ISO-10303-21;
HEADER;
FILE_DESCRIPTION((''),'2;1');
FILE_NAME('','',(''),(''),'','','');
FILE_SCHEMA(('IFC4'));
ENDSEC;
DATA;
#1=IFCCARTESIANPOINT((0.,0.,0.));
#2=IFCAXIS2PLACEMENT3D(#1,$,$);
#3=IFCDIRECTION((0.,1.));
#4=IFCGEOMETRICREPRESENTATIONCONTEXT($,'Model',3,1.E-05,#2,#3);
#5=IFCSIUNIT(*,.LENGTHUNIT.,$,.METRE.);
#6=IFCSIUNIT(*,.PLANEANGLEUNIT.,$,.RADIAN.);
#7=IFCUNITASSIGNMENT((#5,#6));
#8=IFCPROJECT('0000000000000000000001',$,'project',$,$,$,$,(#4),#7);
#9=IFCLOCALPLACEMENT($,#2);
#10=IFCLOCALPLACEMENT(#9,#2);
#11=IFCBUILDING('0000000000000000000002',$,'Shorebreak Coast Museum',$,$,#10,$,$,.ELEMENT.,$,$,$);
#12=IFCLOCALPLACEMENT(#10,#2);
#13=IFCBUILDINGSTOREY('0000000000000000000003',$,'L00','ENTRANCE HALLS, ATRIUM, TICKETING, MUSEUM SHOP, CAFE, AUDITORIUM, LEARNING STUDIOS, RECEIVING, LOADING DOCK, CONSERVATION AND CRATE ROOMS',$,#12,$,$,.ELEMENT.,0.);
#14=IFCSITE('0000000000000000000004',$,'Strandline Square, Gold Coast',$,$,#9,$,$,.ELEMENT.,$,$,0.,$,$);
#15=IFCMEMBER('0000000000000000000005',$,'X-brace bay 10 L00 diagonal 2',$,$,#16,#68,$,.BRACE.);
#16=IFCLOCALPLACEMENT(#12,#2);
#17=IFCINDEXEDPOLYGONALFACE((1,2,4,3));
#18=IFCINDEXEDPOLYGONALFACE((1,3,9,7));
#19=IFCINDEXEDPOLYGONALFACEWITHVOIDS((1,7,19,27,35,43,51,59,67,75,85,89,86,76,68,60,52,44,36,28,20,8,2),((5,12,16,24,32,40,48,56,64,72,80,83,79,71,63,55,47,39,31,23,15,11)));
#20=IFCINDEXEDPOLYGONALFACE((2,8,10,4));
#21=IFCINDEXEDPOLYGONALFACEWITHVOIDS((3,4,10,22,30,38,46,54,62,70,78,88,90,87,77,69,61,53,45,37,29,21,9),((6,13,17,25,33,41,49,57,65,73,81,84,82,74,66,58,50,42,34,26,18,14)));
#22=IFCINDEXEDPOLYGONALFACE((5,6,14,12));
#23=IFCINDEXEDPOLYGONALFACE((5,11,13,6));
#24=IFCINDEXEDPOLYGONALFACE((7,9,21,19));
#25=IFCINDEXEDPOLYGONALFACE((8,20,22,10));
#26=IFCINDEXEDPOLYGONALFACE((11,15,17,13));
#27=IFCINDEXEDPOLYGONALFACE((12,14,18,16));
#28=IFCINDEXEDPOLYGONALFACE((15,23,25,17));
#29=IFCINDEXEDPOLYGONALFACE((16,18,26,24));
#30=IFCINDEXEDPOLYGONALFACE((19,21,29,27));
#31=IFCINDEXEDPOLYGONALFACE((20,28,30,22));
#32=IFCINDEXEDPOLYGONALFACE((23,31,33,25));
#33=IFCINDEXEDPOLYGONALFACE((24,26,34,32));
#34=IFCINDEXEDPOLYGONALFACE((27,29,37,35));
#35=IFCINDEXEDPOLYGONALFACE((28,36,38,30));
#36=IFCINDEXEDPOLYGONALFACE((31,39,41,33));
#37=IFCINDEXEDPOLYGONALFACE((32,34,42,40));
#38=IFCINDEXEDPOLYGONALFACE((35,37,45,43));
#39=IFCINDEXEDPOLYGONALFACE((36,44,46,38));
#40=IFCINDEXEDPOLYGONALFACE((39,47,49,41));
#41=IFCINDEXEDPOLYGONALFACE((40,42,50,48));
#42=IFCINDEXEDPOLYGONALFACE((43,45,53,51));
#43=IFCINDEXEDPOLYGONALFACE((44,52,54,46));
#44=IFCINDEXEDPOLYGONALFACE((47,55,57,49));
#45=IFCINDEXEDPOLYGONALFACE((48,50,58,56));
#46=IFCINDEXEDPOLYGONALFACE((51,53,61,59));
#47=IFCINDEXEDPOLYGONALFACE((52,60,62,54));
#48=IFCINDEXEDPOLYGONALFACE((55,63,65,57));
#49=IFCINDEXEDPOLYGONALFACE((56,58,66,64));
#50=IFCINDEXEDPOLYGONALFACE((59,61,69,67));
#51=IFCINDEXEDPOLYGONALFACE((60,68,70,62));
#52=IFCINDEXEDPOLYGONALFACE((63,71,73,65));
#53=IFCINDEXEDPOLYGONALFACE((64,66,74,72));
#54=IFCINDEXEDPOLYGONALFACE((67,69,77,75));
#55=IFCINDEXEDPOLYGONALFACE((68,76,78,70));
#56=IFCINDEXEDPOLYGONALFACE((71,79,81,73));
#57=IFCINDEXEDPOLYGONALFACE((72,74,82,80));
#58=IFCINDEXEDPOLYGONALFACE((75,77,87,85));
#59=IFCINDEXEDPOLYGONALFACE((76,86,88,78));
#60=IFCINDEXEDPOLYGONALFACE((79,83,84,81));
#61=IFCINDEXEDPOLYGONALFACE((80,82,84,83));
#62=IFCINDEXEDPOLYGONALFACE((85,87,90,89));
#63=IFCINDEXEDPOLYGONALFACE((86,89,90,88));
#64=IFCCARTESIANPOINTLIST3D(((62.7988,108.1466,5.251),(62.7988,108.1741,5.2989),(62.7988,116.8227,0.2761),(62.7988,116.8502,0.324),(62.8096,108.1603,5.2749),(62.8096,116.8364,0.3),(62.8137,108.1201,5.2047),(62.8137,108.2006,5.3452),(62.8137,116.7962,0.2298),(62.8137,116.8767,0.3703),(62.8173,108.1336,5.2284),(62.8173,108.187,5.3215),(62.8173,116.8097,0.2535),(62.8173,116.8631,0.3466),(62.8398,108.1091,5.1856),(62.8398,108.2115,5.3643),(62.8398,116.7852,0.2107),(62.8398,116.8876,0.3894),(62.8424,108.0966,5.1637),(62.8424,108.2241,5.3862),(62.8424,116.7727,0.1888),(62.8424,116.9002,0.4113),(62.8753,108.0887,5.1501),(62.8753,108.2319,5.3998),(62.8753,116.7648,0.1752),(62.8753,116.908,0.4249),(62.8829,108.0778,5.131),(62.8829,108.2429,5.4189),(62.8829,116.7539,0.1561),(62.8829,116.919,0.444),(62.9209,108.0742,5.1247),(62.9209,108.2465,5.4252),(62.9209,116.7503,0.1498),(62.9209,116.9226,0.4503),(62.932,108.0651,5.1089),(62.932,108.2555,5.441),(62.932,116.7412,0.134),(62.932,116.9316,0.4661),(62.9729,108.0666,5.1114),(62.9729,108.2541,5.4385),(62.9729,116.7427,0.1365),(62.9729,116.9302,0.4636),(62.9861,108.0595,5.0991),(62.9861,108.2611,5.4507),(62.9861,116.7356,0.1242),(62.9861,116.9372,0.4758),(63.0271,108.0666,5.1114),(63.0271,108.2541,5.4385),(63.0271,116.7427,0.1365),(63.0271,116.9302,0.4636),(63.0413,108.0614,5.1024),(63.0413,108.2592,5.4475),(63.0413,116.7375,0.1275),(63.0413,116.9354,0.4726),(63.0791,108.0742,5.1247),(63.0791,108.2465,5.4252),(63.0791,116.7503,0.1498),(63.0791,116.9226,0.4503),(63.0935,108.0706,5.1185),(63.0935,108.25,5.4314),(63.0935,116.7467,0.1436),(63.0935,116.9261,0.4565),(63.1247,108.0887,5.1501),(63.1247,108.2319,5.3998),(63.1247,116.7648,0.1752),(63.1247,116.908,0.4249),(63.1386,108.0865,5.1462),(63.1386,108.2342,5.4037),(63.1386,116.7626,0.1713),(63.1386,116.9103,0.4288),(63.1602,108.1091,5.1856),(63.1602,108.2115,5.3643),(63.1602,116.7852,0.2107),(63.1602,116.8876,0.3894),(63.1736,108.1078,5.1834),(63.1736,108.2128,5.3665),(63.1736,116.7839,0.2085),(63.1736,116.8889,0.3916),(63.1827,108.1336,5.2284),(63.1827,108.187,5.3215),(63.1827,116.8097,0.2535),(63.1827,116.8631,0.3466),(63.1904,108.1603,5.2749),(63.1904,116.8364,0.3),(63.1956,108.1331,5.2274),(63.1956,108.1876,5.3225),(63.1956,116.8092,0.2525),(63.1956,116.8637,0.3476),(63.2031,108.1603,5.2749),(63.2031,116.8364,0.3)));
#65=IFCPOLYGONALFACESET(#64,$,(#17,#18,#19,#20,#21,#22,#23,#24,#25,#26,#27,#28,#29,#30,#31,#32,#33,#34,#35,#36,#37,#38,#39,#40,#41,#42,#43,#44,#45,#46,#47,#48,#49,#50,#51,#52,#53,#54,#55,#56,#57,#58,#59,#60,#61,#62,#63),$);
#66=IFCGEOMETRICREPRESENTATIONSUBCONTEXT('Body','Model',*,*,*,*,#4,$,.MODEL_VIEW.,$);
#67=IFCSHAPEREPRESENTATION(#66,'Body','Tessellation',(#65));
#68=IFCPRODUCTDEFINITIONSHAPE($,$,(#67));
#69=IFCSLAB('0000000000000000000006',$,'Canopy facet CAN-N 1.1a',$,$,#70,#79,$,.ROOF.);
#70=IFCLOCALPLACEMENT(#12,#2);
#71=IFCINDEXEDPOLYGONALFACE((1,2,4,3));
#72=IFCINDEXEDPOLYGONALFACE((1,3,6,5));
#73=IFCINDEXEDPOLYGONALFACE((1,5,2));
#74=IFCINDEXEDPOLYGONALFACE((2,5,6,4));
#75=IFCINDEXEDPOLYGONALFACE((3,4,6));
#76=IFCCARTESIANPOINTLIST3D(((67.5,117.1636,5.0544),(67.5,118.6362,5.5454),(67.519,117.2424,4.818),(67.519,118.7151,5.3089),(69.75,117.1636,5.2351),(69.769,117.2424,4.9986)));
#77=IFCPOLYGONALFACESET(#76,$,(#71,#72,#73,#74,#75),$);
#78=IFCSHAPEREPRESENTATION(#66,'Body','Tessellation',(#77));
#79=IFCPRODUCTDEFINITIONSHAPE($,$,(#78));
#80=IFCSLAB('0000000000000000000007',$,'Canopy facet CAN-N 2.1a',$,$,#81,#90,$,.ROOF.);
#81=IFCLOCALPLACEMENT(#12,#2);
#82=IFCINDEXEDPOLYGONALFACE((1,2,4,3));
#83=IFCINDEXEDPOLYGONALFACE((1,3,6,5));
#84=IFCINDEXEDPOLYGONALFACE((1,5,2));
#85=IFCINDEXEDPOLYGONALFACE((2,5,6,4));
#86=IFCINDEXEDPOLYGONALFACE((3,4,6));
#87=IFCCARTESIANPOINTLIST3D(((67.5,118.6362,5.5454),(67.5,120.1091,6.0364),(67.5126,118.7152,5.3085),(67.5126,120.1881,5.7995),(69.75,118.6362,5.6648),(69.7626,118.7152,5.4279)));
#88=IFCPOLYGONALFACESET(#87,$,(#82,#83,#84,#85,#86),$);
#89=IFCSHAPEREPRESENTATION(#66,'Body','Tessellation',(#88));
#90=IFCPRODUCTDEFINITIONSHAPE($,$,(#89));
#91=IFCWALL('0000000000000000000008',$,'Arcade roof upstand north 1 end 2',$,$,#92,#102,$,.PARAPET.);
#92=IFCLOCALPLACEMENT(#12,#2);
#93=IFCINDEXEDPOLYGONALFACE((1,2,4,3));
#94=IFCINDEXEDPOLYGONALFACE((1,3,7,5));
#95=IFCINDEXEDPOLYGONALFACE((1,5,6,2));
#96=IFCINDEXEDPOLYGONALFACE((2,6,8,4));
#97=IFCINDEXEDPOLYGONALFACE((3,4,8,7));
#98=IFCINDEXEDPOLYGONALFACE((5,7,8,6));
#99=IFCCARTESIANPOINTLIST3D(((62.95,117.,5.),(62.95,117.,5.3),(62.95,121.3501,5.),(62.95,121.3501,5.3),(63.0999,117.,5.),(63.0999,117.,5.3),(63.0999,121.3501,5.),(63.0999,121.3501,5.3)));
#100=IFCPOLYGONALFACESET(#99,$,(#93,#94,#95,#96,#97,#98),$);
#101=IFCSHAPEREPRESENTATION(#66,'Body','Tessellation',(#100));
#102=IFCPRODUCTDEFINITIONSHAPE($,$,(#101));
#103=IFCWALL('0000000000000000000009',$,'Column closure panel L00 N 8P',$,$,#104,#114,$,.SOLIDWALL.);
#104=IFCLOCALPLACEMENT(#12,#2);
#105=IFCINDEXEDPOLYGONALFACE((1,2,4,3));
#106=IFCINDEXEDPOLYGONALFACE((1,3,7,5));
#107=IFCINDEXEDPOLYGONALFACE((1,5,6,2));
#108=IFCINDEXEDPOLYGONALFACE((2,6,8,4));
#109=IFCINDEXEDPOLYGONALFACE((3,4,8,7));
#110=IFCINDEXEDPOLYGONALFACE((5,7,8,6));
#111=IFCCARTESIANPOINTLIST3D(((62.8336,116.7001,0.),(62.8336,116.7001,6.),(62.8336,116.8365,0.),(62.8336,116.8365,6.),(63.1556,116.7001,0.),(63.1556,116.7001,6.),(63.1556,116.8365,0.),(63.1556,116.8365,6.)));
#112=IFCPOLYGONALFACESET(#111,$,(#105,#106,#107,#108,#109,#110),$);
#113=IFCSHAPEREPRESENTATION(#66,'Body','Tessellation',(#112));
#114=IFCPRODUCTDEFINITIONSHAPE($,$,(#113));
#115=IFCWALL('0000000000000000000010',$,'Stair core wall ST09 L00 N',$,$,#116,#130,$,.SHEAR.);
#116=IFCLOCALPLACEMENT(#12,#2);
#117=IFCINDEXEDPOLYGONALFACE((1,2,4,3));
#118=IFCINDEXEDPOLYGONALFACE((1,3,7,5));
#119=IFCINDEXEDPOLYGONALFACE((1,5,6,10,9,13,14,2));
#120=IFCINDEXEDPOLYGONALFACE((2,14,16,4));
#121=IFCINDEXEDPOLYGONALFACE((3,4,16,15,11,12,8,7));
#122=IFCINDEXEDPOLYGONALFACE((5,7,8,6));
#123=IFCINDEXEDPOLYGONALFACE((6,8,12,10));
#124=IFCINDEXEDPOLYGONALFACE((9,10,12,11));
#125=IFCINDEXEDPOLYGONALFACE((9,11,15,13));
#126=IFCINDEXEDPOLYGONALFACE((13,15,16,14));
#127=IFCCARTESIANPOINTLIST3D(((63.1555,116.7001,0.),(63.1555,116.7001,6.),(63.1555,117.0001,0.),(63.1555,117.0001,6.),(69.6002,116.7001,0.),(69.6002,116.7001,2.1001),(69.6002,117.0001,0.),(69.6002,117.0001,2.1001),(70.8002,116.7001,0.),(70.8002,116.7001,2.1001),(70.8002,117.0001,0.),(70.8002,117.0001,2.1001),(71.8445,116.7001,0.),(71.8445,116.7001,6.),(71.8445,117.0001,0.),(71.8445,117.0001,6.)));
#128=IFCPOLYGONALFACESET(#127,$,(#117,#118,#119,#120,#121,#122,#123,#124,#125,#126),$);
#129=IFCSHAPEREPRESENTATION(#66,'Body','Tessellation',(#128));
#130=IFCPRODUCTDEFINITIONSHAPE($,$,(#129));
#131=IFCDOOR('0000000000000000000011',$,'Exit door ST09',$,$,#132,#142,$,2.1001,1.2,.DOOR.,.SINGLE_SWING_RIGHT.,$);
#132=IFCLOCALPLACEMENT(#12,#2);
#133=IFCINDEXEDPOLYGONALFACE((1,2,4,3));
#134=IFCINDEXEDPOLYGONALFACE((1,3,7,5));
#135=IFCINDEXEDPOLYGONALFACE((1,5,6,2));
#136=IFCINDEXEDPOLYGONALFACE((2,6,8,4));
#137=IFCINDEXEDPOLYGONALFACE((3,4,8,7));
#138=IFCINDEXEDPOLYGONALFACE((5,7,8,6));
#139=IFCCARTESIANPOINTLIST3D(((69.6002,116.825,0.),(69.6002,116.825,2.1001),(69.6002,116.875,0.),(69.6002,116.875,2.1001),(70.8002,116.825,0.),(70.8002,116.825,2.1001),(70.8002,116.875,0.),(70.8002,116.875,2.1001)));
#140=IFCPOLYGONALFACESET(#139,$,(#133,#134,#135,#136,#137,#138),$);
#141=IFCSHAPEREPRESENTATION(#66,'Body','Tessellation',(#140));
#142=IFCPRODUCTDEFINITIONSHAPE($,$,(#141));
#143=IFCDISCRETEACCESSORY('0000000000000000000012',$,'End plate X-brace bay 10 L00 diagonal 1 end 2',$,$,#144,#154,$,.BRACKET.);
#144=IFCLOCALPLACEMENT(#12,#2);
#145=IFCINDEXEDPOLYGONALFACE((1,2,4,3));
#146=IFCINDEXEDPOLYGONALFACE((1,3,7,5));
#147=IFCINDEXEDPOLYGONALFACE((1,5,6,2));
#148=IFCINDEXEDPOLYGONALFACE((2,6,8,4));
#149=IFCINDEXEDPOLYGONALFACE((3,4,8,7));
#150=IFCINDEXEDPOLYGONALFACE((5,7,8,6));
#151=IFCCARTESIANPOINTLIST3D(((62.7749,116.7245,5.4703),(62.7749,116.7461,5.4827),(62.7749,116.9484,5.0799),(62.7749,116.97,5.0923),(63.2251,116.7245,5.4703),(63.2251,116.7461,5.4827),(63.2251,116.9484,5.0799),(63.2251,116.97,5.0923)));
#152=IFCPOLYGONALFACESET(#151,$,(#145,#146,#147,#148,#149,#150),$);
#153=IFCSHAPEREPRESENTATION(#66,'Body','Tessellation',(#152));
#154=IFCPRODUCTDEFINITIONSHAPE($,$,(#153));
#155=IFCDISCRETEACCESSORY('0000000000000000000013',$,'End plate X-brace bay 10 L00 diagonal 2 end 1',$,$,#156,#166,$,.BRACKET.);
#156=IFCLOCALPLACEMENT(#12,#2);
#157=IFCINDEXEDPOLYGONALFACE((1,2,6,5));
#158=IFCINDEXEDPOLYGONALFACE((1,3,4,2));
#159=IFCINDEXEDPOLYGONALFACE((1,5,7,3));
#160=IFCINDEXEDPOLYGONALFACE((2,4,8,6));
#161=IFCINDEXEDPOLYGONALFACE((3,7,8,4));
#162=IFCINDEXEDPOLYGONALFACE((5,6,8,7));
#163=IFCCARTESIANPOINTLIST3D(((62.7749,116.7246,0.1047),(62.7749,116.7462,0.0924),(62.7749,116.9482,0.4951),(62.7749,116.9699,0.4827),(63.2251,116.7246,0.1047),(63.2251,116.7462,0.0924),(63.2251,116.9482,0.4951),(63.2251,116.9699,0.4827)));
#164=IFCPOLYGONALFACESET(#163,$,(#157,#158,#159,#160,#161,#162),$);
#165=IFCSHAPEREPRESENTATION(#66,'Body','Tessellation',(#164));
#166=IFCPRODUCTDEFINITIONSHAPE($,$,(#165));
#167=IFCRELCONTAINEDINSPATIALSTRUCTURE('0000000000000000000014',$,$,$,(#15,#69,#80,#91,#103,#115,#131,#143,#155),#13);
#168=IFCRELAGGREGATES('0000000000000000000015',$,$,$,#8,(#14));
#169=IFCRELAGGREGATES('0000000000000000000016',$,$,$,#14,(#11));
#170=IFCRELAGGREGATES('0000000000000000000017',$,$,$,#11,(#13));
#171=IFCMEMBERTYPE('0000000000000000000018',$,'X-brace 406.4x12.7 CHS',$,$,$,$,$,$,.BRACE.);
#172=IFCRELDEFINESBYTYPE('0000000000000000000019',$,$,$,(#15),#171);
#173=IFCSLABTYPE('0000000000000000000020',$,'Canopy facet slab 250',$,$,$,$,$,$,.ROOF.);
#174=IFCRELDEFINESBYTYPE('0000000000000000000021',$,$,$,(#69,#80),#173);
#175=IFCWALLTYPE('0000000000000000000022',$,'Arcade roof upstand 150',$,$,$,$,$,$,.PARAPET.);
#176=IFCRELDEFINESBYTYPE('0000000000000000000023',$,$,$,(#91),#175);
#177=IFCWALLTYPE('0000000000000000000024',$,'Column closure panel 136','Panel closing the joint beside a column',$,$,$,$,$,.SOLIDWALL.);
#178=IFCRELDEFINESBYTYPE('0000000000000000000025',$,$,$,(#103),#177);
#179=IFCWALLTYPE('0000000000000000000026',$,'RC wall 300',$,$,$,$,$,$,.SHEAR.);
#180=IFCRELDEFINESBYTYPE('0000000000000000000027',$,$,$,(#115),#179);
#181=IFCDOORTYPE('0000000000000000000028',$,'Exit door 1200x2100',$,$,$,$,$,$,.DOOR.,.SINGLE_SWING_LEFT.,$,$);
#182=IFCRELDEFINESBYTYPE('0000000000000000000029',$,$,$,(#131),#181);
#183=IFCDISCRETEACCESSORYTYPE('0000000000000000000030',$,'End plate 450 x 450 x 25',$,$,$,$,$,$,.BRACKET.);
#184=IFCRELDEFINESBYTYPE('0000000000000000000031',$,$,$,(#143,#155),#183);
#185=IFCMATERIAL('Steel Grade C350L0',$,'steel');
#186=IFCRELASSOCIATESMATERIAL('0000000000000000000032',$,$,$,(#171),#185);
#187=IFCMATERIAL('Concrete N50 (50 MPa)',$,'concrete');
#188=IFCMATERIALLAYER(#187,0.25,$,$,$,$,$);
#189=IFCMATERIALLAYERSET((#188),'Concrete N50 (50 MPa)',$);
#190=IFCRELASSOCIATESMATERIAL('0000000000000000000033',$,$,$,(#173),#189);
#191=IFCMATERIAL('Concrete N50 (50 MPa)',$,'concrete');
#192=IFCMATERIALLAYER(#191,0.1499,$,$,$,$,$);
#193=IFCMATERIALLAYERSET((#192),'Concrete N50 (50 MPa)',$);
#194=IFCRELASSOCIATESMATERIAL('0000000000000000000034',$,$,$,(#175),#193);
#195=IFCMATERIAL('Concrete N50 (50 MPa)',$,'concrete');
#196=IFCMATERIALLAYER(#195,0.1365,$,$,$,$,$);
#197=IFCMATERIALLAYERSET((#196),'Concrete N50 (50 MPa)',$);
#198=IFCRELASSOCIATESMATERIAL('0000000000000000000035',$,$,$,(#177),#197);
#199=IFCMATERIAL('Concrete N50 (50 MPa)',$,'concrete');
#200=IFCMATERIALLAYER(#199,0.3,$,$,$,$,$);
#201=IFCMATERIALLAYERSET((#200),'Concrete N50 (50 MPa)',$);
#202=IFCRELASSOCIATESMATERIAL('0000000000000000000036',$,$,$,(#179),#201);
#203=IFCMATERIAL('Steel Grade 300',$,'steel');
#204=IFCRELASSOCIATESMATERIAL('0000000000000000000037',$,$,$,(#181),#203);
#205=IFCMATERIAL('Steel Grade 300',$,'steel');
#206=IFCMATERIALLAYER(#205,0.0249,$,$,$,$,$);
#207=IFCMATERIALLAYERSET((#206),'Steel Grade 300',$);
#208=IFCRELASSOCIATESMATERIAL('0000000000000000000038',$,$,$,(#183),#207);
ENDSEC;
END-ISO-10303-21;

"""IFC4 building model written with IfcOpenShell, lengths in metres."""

from ifc_helpers import new_model, si_unit, direction, frame, frame_2d, origin, origin_2d, place, context, subcontext, project, spatial, polyline, rectangle, hollow_circle, outline, extrude, material, layer, layer_set, material_profile, profile_set, type_object, element, fill, save


model = new_model("IFC4")

# Units and contexts
model_context = context("Model", 3, precision=1e-05, world=origin(), true_north=direction((0.0, 1.0)))
body_context = subcontext(model_context, "Body", "Model", "MODEL_VIEW")
ifc_project = project(units=[si_unit("LENGTHUNIT", "METRE"), si_unit("PLANEANGLEUNIT", "RADIAN")], contexts=[model_context])

# Site, building, storey
site_placement = place(None, origin())
site = spatial("IfcSite", under=ifc_project, at=site_placement, Name="Strandline Square, Gold Coast", CompositionType="ELEMENT", RefElevation=0.0)
building_placement = place(site_placement, origin())
building = spatial("IfcBuilding", under=site, at=building_placement, Name="Shorebreak Coast Museum", CompositionType="ELEMENT")
storey_placement = place(building_placement, origin())
storey = spatial("IfcBuildingStorey", under=building, at=storey_placement, Name="L00", Description="ENTRANCE HALLS, ATRIUM, TICKETING, MUSEUM SHOP, CAFE, AUDITORIUM, LEARNING STUDIOS, RECEIVING, LOADING DOCK, CONSERVATION AND CRATE ROOMS", CompositionType="ELEMENT", Elevation=0.0)

# Member
ifc_material_1 = material(Name="Steel Grade C350L0", Category="steel")
ifc_material_profile_1 = material_profile(ifc_material_1, hollow_circle(Radius=0.2031, WallThickness=0.0127, at=origin_2d()), Name="406.4x12.7 CHS")
ifc_profile_set_1 = profile_set([ifc_material_profile_1], Name="Steel Grade C350L0")
member_type = type_object("IfcMemberType", Name="X-brace 406.4x12.7 CHS", PredefinedType="BRACE", material=ifc_profile_set_1)
member_placement = place(storey_placement, frame((63.0, 116.8364, 0.3), z_axis=(0.0, -0.867505, 0.497429), x_axis=(1.0, 0.0, 0.0)))
element("IfcMember", 1, at=member_placement, inside=storey, type_object=member_type, Name="X-brace bay 10 L00 diagonal 2", PredefinedType="BRACE", context=body_context, shape_type="SweptSolid", body=[
    extrude(hollow_circle(Radius=0.2031, WallThickness=0.0127, at=origin_2d()), origin(), (0.0, 0.0, 1.0), 10.0012),
])

# Slabs
ifc_material_2 = material(Name="Concrete N50 (50 MPa)", Category="concrete")
ifc_layer_1 = layer(ifc_material_2, 0.25)
ifc_layer_set_1 = layer_set([ifc_layer_1], Name="Concrete N50 (50 MPa)")
slab_type = type_object("IfcSlabType", Name="Canopy facet slab 250", PredefinedType="ROOF", material=ifc_layer_set_1)
slab_1_placement = place(storey_placement, frame((67.5, 117.1636, 5.0544), z_axis=(-0.075953, -0.315361, 0.945927), x_axis=(0.996792, 0.0, 0.080038)))
element("IfcSlab", 2, at=slab_1_placement, inside=storey, type_object=slab_type, Name="Canopy facet CAN-N 1.1a", PredefinedType="ROOF", context=body_context, shape_type="SweptSolid", body=[
    extrude(outline(polyline([(0.0, 0.0), (2.2572, 0.0), (0.0393, 1.5518), (0.0, 0.0)])), origin(), (0.0, 0.0, -1.0), 0.25),
])
slab_2_placement = place(storey_placement, frame((67.5, 118.6362, 5.5454), z_axis=(-0.050273, -0.315828, 0.947484), x_axis=(0.998595, 0.0, 0.052985)))
element("IfcSlab", 3, at=slab_2_placement, inside=storey, type_object=slab_type, Name="Canopy facet CAN-N 2.1a", PredefinedType="ROOF", context=body_context, shape_type="SweptSolid", body=[
    extrude(outline(polyline([(0.0, 0.0), (2.2532, 0.0), (0.026, 1.5524), (0.0, 0.0)])), origin(), (0.0, 0.0, -1.0), 0.25),
])

# Walls
ifc_material_3 = material(Name="Concrete N50 (50 MPa)", Category="concrete")
ifc_layer_2 = layer(ifc_material_3, 0.1499)
ifc_layer_set_2 = layer_set([ifc_layer_2], Name="Concrete N50 (50 MPa)")
wall_type_1 = type_object("IfcWallType", Name="Arcade roof upstand 150", PredefinedType="PARAPET", material=ifc_layer_set_2)
wall_1_placement = place(storey_placement, frame((63.0249, 117.0, 5.0), z_axis=(0.0, 0.0, 1.0), x_axis=(0.0, 1.0, 0.0)))
element("IfcWall", 4, at=wall_1_placement, inside=storey, type_object=wall_type_1, Name="Arcade roof upstand north 1 end 2", PredefinedType="PARAPET", context=body_context, shape_type="SweptSolid", body=[
    extrude(rectangle(XDim=4.3501, YDim=0.1499, at=frame_2d((2.175, 0.0))), origin(), (0.0, 0.0, 1.0), 0.3),
])
ifc_material_4 = material(Name="Concrete N50 (50 MPa)", Category="concrete")
ifc_layer_3 = layer(ifc_material_4, 0.1365)
ifc_layer_set_3 = layer_set([ifc_layer_3], Name="Concrete N50 (50 MPa)")
wall_type_2 = type_object("IfcWallType", Name="Column closure panel 136", Description="Panel closing the joint beside a column", PredefinedType="SOLIDWALL", material=ifc_layer_set_3)
wall_2_placement = place(storey_placement, frame((62.8335, 116.7683, 0.0), z_axis=(0.0, 0.0, 1.0), x_axis=(1.0, 0.0, 0.0)))
element("IfcWall", 5, at=wall_2_placement, inside=storey, type_object=wall_type_2, Name="Column closure panel L00 N 8P", PredefinedType="SOLIDWALL", context=body_context, shape_type="SweptSolid", body=[
    extrude(rectangle(XDim=0.322, YDim=0.1365, at=frame_2d((0.1611, 0.0))), origin(), (0.0, 0.0, 1.0), 6.0),
])

# Wall, opening, door
ifc_material_5 = material(Name="Concrete N50 (50 MPa)", Category="concrete")
ifc_layer_4 = layer(ifc_material_5, 0.3)
ifc_layer_set_4 = layer_set([ifc_layer_4], Name="Concrete N50 (50 MPa)")
wall_type_3 = type_object("IfcWallType", Name="RC wall 300", PredefinedType="SHEAR", material=ifc_layer_set_4)
wall_3_placement = place(storey_placement, frame((63.1555, 116.8501, 0.0), z_axis=(0.0, 0.0, 1.0), x_axis=(1.0, 0.0, 0.0)))
wall_3 = element("IfcWall", 6, at=wall_3_placement, inside=storey, type_object=wall_type_3, Name="Stair core wall ST09 L00 N", PredefinedType="SHEAR", context=body_context, shape_type="SweptSolid", body=[
    extrude(rectangle(XDim=8.689, YDim=0.3, at=frame_2d((4.3445, 0.0))), origin(), (0.0, 0.0, 1.0), 6.0),
])
opening_placement = place(wall_3_placement, frame((6.4446, 0.0, 0.0)))
opening = element("IfcOpeningElement", 7, at=opening_placement, cuts=wall_3, PredefinedType="OPENING", context=body_context, shape_type="SweptSolid", body=[
    extrude(rectangle(XDim=1.2, YDim=2.1001, at=frame_2d((0.6001, 1.05))), frame((0.0, 0.1599, 0.0), z_axis=(0.0, -1.0, 0.0), x_axis=(1.0, 0.0, 0.0)), (0.0, 0.0, 1.0), 0.3201),
])
ifc_material_6 = material(Name="Steel Grade 300", Category="steel")
door_type = type_object("IfcDoorType", Name="Exit door 1200x2100", OperationType="SINGLE_SWING_LEFT", PredefinedType="DOOR", material=ifc_material_6)
door_placement = place(opening_placement, origin())
door = element("IfcDoor", 8, at=door_placement, inside=storey, type_object=door_type, Name="Exit door ST09", OperationType="SINGLE_SWING_RIGHT", OverallHeight=2.1001, OverallWidth=1.2, PredefinedType="DOOR", context=body_context, shape_type="SweptSolid", body=[
    extrude(rectangle(XDim=1.2, YDim=2.1001, at=frame_2d((0.6001, 1.05))), frame((0.0, 0.0249, 0.0), z_axis=(0.0, -1.0, 0.0), x_axis=(1.0, 0.0, 0.0)), (0.0, 0.0, 1.0), 0.05),
])
fill(opening, door)

# Discrete accessories
ifc_material_7 = material(Name="Steel Grade 300", Category="steel")
ifc_layer_5 = layer(ifc_material_7, 0.0249)
ifc_layer_set_5 = layer_set([ifc_layer_5], Name="Steel Grade 300")
discrete_accessory_type = type_object("IfcDiscreteAccessoryType", Name="End plate 450 x 450 x 25", PredefinedType="BRACKET", material=ifc_layer_set_5)
discrete_accessory_1_placement = place(storey_placement, frame((63.2251, 116.97, 5.0923), z_axis=(0.0, 0.867474, 0.497482), x_axis=(-1.0, 0.0, 0.0)))
element("IfcDiscreteAccessory", 9, at=discrete_accessory_1_placement, inside=storey, type_object=discrete_accessory_type, Name="End plate X-brace bay 10 L00 diagonal 1 end 2", PredefinedType="BRACKET", context=body_context, shape_type="SweptSolid", body=[
    extrude(outline(polyline([(0.0, 0.0), (0.4502, 0.0), (0.4502, 0.45), (0.0, 0.45), (0.0, 0.0)])), origin(), (0.0, 0.0, -1.0), 0.0249),
])
discrete_accessory_2_placement = place(storey_placement, frame((62.7749, 116.7246, 0.1047), z_axis=(0.0, -0.867708, 0.497074), x_axis=(1.0, 0.0, 0.0)))
element("IfcDiscreteAccessory", 10, at=discrete_accessory_2_placement, inside=storey, type_object=discrete_accessory_type, Name="End plate X-brace bay 10 L00 diagonal 2 end 1", PredefinedType="BRACKET", context=body_context, shape_type="SweptSolid", body=[
    extrude(outline(polyline([(0.0, 0.0), (0.4502, 0.0), (0.4502, 0.4499), (0.0, 0.4499), (0.0, 0.0)])), origin(), (0.0, 0.0, -1.0), 0.0249),
])

save(model, "model.ifc")
